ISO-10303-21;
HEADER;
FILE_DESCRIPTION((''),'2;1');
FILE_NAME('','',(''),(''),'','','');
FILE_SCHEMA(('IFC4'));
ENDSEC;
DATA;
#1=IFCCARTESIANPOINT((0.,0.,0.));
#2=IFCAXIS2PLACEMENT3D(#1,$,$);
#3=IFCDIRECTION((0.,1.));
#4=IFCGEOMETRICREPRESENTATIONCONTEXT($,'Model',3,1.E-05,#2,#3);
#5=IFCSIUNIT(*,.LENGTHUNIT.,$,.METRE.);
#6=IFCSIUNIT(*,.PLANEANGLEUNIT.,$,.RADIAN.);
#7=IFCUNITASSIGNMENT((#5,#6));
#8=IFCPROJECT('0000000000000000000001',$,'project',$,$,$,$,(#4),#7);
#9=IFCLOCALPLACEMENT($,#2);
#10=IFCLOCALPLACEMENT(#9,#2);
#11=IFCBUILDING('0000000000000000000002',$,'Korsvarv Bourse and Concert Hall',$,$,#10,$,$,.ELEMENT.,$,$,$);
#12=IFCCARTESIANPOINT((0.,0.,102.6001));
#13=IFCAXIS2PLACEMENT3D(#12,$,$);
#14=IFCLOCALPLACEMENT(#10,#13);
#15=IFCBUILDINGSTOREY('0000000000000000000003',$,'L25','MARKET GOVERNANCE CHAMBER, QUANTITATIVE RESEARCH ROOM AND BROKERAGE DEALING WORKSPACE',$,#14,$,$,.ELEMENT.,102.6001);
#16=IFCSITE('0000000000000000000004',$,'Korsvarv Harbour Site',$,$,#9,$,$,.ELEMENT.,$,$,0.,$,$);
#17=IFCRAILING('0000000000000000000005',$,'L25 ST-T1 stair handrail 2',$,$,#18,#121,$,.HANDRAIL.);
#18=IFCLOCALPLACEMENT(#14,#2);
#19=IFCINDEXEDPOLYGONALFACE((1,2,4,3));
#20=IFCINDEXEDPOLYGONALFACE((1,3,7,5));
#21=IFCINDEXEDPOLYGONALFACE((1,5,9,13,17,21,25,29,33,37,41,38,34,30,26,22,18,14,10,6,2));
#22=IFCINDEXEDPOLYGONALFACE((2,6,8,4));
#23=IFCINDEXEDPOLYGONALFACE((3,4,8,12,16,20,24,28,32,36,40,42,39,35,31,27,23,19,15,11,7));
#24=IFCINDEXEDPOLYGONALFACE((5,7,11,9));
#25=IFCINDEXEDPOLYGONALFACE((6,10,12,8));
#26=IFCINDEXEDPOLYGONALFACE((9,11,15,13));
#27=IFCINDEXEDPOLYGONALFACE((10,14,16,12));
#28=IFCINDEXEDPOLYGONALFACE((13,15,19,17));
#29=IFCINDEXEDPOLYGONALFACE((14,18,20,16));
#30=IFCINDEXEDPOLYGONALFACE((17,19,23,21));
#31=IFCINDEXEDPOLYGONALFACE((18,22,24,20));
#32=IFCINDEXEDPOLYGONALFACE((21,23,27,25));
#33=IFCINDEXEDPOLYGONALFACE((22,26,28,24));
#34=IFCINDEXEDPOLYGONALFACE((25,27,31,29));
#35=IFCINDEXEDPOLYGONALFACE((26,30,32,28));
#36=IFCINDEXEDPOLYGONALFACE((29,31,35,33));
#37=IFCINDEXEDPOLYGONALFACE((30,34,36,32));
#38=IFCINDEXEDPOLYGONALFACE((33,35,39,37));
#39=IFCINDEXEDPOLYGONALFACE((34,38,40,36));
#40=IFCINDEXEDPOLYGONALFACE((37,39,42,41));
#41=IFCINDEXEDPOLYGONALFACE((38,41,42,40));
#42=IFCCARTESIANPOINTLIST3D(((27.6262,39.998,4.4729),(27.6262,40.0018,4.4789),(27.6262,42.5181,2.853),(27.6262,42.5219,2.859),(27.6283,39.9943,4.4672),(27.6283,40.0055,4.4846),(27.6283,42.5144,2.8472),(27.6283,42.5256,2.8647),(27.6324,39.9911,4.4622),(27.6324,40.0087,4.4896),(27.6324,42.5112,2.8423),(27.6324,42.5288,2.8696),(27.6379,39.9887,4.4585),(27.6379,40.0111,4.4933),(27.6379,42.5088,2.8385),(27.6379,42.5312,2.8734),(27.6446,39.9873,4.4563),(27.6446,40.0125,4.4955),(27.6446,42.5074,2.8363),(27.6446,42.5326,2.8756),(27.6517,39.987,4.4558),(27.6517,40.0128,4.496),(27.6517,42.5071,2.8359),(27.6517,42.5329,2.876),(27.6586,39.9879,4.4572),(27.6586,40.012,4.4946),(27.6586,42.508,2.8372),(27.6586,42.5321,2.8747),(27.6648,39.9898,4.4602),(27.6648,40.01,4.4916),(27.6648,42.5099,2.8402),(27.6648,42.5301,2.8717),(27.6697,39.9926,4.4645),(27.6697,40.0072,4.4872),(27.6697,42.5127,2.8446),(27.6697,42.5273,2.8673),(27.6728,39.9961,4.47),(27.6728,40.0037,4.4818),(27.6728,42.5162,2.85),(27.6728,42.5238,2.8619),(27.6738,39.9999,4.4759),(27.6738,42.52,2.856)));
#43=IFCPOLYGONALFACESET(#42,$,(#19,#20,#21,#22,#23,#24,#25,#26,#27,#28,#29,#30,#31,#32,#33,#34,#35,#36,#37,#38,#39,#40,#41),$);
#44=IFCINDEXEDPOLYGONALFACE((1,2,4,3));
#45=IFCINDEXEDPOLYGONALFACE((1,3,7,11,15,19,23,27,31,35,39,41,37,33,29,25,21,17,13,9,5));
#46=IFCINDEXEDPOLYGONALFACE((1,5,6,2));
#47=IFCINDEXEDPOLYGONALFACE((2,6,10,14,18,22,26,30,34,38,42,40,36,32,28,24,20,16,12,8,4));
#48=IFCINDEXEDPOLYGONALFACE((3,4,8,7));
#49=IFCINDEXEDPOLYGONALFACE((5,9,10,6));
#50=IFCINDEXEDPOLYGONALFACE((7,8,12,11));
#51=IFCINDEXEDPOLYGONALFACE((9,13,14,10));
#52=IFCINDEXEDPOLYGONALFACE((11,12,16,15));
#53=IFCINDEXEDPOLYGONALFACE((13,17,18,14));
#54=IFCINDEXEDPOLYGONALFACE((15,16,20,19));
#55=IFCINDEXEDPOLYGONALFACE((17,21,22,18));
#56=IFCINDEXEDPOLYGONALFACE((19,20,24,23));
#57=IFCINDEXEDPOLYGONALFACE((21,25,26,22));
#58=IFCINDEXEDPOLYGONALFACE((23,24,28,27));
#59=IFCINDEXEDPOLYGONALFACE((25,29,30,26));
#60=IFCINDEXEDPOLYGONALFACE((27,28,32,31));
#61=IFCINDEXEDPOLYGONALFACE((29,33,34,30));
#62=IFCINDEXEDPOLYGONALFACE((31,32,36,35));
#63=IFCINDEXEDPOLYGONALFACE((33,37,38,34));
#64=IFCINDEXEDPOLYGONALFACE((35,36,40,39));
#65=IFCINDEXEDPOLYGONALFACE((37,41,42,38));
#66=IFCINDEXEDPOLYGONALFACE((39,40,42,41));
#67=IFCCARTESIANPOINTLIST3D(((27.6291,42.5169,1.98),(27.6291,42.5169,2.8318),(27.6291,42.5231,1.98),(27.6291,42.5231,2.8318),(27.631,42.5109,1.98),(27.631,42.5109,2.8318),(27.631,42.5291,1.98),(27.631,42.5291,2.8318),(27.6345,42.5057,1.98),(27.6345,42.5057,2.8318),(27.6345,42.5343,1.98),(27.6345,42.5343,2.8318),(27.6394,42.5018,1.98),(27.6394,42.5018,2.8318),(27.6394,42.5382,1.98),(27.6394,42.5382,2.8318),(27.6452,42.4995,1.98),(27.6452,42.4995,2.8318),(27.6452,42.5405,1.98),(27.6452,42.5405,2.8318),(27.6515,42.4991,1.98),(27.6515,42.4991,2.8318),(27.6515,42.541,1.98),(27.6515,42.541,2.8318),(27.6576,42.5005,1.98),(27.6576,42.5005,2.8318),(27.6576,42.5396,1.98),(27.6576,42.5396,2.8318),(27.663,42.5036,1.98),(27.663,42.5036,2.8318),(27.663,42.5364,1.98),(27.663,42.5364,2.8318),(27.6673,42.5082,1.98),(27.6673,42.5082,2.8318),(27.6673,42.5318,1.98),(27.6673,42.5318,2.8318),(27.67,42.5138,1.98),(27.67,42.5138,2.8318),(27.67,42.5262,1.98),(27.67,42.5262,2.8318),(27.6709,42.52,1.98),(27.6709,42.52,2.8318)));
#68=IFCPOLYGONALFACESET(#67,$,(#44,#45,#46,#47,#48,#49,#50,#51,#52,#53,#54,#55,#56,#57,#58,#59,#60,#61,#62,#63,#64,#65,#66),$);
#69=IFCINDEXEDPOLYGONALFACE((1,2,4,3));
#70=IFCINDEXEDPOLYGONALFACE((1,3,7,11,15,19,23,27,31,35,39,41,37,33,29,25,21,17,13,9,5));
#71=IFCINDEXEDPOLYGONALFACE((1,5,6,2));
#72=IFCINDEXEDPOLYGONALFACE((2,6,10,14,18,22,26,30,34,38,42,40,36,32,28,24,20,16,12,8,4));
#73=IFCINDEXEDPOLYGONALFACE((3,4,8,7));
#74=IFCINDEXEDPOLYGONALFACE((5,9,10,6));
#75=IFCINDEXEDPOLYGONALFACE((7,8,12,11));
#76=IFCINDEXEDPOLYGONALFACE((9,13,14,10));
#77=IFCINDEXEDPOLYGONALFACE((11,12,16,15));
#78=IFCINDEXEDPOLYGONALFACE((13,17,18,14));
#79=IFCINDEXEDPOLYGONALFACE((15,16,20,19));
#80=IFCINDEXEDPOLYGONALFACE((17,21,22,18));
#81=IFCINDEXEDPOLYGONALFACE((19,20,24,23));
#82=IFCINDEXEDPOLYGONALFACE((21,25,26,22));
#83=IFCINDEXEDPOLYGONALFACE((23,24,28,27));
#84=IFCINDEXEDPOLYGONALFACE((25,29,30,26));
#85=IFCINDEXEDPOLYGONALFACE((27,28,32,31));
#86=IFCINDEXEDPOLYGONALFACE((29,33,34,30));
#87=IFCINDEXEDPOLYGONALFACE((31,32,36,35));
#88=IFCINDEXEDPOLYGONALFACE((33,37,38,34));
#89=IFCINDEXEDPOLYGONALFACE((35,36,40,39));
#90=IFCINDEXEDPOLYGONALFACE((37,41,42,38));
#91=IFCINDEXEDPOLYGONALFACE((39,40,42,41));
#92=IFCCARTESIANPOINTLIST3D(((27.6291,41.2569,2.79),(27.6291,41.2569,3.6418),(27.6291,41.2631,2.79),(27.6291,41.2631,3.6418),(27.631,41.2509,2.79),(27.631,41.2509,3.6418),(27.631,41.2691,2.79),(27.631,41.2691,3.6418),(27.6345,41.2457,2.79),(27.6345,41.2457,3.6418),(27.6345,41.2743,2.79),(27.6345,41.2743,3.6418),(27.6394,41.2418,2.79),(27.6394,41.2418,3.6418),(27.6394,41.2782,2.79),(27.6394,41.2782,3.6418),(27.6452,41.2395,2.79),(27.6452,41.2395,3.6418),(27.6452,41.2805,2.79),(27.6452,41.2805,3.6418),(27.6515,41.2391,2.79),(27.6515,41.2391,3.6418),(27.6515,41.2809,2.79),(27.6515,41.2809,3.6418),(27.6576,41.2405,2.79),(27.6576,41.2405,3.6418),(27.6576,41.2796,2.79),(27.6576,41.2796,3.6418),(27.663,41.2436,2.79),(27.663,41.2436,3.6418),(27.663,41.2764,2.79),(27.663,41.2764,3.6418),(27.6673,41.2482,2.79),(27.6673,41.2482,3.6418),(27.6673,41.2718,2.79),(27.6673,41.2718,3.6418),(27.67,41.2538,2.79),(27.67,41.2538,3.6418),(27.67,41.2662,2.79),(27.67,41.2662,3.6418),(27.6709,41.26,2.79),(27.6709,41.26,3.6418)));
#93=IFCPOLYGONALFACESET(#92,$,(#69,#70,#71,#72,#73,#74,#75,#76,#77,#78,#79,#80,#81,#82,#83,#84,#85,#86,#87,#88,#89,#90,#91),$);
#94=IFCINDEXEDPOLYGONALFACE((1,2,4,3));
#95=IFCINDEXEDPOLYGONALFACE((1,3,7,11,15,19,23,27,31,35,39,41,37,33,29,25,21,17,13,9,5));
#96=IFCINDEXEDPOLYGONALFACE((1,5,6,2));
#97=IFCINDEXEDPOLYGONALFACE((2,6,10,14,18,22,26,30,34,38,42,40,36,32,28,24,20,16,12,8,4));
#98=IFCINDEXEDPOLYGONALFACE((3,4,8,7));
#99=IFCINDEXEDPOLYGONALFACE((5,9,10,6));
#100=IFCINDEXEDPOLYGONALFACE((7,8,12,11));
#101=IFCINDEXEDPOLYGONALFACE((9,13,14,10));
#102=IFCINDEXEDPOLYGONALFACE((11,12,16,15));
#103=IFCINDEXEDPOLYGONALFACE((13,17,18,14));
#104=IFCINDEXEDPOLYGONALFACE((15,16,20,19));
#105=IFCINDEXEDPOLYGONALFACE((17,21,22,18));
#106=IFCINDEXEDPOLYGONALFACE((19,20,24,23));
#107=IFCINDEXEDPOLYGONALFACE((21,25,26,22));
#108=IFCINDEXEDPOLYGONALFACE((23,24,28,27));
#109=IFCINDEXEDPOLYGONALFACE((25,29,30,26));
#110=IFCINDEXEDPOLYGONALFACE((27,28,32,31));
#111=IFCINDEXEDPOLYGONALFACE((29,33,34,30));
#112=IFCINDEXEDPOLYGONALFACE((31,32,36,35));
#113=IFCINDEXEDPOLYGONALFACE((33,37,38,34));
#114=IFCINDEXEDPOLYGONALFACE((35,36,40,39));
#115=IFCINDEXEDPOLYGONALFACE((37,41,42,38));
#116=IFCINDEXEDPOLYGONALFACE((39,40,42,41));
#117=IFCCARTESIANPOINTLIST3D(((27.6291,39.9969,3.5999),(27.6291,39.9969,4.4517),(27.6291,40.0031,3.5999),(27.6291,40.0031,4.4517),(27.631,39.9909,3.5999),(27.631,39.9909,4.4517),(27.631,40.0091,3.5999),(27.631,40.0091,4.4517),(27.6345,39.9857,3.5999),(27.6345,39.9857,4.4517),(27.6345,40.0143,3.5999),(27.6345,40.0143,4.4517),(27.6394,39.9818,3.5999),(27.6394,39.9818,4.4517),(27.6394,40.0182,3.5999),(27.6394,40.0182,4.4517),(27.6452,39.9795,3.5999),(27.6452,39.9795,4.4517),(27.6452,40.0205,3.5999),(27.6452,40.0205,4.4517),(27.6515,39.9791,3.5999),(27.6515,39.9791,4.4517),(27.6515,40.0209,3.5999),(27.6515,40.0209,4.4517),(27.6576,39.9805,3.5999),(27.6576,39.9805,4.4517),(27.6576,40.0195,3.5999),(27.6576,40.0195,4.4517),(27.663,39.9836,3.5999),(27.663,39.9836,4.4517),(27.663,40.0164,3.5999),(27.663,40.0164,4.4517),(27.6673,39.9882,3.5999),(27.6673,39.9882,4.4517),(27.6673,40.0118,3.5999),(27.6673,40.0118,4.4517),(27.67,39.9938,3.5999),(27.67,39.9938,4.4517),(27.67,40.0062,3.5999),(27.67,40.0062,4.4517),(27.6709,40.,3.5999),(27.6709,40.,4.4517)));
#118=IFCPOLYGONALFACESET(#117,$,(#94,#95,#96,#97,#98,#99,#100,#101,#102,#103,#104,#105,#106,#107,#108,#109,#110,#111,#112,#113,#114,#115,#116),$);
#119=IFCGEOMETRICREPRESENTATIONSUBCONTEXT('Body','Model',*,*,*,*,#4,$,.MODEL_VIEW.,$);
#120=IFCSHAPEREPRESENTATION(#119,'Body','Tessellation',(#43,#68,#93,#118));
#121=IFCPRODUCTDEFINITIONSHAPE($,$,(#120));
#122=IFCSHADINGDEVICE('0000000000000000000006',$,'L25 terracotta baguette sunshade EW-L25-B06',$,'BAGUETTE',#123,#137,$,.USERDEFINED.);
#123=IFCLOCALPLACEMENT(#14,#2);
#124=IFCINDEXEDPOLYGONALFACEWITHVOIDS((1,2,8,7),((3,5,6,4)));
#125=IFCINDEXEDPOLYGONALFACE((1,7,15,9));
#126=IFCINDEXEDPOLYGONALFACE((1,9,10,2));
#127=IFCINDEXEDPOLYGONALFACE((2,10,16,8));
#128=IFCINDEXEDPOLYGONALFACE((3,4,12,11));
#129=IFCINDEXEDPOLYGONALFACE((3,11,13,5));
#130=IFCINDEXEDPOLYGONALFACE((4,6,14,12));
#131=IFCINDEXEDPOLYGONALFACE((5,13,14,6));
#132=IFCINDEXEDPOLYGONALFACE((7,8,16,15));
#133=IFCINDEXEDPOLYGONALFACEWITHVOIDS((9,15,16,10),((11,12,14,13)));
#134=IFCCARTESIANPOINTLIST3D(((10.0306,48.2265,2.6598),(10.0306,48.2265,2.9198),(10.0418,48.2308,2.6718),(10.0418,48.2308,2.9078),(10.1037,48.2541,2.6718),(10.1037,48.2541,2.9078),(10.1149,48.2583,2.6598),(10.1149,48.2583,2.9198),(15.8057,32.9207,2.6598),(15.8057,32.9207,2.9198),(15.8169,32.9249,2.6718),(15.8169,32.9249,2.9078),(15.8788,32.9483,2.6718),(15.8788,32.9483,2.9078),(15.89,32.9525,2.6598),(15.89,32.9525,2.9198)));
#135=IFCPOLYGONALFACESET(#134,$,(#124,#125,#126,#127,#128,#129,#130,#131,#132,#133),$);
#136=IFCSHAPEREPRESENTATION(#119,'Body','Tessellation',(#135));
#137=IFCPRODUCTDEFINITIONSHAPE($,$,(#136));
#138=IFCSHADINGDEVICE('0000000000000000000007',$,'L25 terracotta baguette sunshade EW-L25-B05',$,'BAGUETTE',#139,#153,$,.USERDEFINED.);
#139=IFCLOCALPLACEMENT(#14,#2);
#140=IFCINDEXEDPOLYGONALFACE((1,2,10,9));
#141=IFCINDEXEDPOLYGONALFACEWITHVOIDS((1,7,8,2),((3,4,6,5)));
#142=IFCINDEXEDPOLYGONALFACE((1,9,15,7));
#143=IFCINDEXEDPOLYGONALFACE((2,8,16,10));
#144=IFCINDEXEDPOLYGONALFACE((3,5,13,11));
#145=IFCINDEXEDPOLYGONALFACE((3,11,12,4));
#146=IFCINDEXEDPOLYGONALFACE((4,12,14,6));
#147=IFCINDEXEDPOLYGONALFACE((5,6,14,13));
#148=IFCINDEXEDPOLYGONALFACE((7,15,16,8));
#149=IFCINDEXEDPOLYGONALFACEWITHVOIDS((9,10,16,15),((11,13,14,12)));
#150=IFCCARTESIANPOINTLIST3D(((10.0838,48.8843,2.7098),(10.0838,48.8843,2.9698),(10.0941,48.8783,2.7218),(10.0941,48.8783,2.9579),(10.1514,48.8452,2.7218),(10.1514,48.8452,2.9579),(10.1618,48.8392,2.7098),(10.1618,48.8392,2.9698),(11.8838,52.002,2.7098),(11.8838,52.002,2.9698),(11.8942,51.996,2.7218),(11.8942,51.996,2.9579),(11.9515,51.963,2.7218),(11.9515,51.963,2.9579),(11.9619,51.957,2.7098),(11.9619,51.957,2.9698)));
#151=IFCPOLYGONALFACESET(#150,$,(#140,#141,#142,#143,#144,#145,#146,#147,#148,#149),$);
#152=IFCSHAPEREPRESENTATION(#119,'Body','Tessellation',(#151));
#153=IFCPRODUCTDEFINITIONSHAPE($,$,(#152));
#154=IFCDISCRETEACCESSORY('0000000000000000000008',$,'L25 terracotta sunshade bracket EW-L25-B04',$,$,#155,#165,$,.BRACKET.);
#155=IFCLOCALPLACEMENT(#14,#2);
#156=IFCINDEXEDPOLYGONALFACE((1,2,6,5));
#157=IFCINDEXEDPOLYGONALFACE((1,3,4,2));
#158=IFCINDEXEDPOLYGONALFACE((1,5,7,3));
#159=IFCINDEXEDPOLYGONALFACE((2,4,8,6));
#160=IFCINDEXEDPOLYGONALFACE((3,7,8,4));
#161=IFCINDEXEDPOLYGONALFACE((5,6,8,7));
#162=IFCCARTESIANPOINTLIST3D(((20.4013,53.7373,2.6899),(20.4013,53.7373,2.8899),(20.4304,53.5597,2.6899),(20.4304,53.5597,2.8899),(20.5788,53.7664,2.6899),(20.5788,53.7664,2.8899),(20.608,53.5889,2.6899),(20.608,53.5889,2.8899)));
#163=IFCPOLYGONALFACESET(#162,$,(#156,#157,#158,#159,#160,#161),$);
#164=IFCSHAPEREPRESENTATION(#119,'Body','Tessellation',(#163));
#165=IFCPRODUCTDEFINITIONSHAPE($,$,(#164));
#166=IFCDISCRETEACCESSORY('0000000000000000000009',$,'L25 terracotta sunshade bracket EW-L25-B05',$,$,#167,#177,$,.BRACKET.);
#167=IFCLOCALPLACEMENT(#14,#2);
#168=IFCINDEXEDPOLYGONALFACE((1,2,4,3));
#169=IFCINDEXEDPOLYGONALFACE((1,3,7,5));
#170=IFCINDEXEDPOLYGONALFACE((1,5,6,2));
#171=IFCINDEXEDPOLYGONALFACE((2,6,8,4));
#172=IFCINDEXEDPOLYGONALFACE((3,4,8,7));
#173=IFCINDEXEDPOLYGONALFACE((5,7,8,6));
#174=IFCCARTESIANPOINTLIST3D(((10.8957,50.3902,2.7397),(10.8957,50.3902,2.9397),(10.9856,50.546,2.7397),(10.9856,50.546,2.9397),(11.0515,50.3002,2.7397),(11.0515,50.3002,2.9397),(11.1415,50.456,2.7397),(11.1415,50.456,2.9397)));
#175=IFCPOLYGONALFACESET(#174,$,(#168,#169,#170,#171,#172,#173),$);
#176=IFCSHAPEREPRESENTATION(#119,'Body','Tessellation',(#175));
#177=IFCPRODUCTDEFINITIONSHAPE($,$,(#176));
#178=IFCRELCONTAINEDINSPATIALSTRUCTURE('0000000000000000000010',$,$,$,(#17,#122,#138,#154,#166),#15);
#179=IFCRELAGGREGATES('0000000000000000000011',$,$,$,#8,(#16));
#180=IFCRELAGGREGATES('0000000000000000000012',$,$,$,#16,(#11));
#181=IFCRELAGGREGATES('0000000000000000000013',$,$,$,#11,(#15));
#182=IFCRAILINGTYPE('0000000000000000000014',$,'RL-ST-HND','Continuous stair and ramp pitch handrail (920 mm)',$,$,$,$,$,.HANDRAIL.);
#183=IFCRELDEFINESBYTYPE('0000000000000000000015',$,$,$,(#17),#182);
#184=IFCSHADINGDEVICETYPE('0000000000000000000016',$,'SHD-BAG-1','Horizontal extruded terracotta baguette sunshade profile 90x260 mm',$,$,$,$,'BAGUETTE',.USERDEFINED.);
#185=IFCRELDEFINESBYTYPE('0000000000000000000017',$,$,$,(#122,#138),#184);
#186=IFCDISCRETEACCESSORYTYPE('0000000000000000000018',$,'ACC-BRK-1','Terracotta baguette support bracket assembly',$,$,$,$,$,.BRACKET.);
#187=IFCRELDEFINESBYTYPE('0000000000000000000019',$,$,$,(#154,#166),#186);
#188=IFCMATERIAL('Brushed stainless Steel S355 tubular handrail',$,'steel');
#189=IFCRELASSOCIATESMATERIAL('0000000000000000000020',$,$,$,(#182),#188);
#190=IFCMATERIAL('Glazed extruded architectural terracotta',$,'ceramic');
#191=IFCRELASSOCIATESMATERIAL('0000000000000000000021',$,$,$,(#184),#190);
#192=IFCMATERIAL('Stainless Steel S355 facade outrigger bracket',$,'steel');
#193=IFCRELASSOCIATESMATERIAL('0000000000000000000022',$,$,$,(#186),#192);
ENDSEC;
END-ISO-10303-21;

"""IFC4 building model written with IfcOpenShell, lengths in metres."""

from ifc_helpers import new_model, si_unit, direction, frame, origin, origin_2d, place, context, subcontext, project, spatial, rectangle, hollow_rectangle, circle, extrude, source, transform, mapped, material, material_profile, profile_set, type_object, element, save


model = new_model("IFC4")

# Units and contexts
model_context = context("Model", 3, precision=1e-05, world=origin(), true_north=direction((0.0, 1.0)))
body_context = subcontext(model_context, "Body", "Model", "MODEL_VIEW")
ifc_project = project(units=[si_unit("LENGTHUNIT", "METRE"), si_unit("PLANEANGLEUNIT", "RADIAN")], contexts=[model_context])

# Site, building, storey
site_placement = place(None, origin())
site = spatial("IfcSite", under=ifc_project, at=site_placement, Name="Korsvarv Harbour Site", CompositionType="ELEMENT", RefElevation=0.0)
building_placement = place(site_placement, origin())
building = spatial("IfcBuilding", under=site, at=building_placement, Name="Korsvarv Bourse and Concert Hall", CompositionType="ELEMENT")
storey_placement = place(building_placement, frame((0.0, 0.0, 102.6001)))
storey = spatial("IfcBuildingStorey", under=building, at=storey_placement, Name="L25", Description="MARKET GOVERNANCE CHAMBER, QUANTITATIVE RESEARCH ROOM AND BROKERAGE DEALING WORKSPACE", CompositionType="ELEMENT", Elevation=102.6001)

# Railing
ifc_material_1 = material(Name="Brushed stainless Steel S355 tubular handrail", Category="steel")
railing_type = type_object("IfcRailingType", Name="RL-ST-HND", Description="Continuous stair and ramp pitch handrail (920 mm)", PredefinedType="HANDRAIL", material=ifc_material_1)
railing_placement = place(storey_placement, frame((27.6499, 42.52, 1.98)))
element("IfcRailing", 1, at=railing_placement, inside=storey, type_object=railing_type, Name="L25 ST-T1 stair handrail 2", PredefinedType="HANDRAIL", context=body_context, shape_type="SweptSolid", body=[
    extrude(circle(Radius=0.0239, at=origin_2d()), frame((0.0, 0.0, 0.876), z_axis=(0.0, -0.8412, 0.540725), x_axis=(1.0, 0.0, 0.0)), (0.0, 0.0, 1.0), 2.9958),
    extrude(circle(Radius=0.021, at=origin_2d()), origin(), (0.0, 0.0, 1.0), 0.8518),
    extrude(circle(Radius=0.021, at=origin_2d()), frame((0.0, -1.26, 0.8101)), (0.0, 0.0, 1.0), 0.8518),
    extrude(circle(Radius=0.021, at=origin_2d()), frame((0.0, -2.52, 1.6199)), (0.0, 0.0, 1.0), 0.8518),
])

# Shading devices
ifc_material_2 = material(Name="Glazed extruded architectural terracotta", Category="ceramic")
ifc_material_profile_1 = material_profile(ifc_material_2, hollow_rectangle(XDim=0.0901, YDim=0.26, WallThickness=0.012, at=origin_2d()), Name="TC-BAG 90x260")
ifc_profile_set_1 = profile_set([ifc_material_profile_1], Name="Glazed extruded architectural terracotta")
shading_device_type = type_object("IfcShadingDeviceType", Name="SHD-BAG-1", Description="Horizontal extruded terracotta baguette sunshade profile 90x260 mm", ElementType="BAGUETTE", PredefinedType="USERDEFINED", material=ifc_profile_set_1)
shared_shape_1 = source(origin(), body_context, "Body", "SweptSolid", [
    extrude(hollow_rectangle(XDim=0.0901, YDim=0.26, WallThickness=0.012, at=origin_2d()), origin(), (0.0, 0.0, 1.0), 16.3591),
])
shading_device_1_placement = place(storey_placement, frame((10.0728, 48.2424, 2.7898), z_axis=(0.353022, -0.935615, 0.0), x_axis=(0.935615, 0.353022, 0.0)))
element("IfcShadingDevice", 2, at=shading_device_1_placement, inside=storey, type_object=shading_device_type, Name="L25 terracotta baguette sunshade EW-L25-B06", ObjectType="BAGUETTE", PredefinedType="USERDEFINED", context=body_context, shape_type="MappedRepresentation", body=[
    mapped(shared_shape_1, transform((0.0, 0.0, 0.0), scale=1.0)),
])
shared_shape_2 = source(origin(), body_context, "Body", "SweptSolid", [
    extrude(hollow_rectangle(XDim=0.0901, YDim=0.26, WallThickness=0.012, at=origin_2d()), origin(), (0.0, 0.0, 1.0), 3.6001),
])
shading_device_2_placement = place(storey_placement, frame((11.9229, 51.9795, 2.8398), z_axis=(-0.500012, -0.866018, 0.0), x_axis=(0.866018, -0.500012, 0.0)))
element("IfcShadingDevice", 3, at=shading_device_2_placement, inside=storey, type_object=shading_device_type, Name="L25 terracotta baguette sunshade EW-L25-B05", ObjectType="BAGUETTE", PredefinedType="USERDEFINED", context=body_context, shape_type="MappedRepresentation", body=[
    mapped(shared_shape_2, transform((0.0, 0.0, 0.0), scale=1.0)),
])

# Discrete accessories
ifc_material_3 = material(Name="Stainless Steel S355 facade outrigger bracket", Category="steel")
discrete_accessory_type = type_object("IfcDiscreteAccessoryType", Name="ACC-BRK-1", Description="Terracotta baguette support bracket assembly", PredefinedType="BRACKET", material=ifc_material_3)
shared_shape_3 = source(origin(), body_context, "Body", "SweptSolid", [
    extrude(rectangle(XDim=0.1799, YDim=0.1799, at=origin_2d()), origin(), (0.0, 0.0, 1.0), 0.2),
])
for number, where, z_axis, x_axis, name in (
    (4, (20.5046, 53.6631, 2.6899), (0.0, 0.0, 1.0), (-0.986771, -0.162121, 0.0), "L25 terracotta sunshade bracket EW-L25-B04"),
    (5, (11.0186, 50.4231, 2.7397), (0.0, 0.0, 1.0), (-0.5, -0.866025, 0.0), "L25 terracotta sunshade bracket EW-L25-B05"),
):
    element("IfcDiscreteAccessory", number, at=place(storey_placement, frame(where, z_axis=z_axis, x_axis=x_axis)), inside=storey, type_object=discrete_accessory_type, Name=name, PredefinedType="BRACKET", context=body_context, shape_type="MappedRepresentation", body=[
        mapped(shared_shape_3, transform((0.0, 0.0, 0.0), scale=1.0)),
    ])

save(model, "model.ifc")
